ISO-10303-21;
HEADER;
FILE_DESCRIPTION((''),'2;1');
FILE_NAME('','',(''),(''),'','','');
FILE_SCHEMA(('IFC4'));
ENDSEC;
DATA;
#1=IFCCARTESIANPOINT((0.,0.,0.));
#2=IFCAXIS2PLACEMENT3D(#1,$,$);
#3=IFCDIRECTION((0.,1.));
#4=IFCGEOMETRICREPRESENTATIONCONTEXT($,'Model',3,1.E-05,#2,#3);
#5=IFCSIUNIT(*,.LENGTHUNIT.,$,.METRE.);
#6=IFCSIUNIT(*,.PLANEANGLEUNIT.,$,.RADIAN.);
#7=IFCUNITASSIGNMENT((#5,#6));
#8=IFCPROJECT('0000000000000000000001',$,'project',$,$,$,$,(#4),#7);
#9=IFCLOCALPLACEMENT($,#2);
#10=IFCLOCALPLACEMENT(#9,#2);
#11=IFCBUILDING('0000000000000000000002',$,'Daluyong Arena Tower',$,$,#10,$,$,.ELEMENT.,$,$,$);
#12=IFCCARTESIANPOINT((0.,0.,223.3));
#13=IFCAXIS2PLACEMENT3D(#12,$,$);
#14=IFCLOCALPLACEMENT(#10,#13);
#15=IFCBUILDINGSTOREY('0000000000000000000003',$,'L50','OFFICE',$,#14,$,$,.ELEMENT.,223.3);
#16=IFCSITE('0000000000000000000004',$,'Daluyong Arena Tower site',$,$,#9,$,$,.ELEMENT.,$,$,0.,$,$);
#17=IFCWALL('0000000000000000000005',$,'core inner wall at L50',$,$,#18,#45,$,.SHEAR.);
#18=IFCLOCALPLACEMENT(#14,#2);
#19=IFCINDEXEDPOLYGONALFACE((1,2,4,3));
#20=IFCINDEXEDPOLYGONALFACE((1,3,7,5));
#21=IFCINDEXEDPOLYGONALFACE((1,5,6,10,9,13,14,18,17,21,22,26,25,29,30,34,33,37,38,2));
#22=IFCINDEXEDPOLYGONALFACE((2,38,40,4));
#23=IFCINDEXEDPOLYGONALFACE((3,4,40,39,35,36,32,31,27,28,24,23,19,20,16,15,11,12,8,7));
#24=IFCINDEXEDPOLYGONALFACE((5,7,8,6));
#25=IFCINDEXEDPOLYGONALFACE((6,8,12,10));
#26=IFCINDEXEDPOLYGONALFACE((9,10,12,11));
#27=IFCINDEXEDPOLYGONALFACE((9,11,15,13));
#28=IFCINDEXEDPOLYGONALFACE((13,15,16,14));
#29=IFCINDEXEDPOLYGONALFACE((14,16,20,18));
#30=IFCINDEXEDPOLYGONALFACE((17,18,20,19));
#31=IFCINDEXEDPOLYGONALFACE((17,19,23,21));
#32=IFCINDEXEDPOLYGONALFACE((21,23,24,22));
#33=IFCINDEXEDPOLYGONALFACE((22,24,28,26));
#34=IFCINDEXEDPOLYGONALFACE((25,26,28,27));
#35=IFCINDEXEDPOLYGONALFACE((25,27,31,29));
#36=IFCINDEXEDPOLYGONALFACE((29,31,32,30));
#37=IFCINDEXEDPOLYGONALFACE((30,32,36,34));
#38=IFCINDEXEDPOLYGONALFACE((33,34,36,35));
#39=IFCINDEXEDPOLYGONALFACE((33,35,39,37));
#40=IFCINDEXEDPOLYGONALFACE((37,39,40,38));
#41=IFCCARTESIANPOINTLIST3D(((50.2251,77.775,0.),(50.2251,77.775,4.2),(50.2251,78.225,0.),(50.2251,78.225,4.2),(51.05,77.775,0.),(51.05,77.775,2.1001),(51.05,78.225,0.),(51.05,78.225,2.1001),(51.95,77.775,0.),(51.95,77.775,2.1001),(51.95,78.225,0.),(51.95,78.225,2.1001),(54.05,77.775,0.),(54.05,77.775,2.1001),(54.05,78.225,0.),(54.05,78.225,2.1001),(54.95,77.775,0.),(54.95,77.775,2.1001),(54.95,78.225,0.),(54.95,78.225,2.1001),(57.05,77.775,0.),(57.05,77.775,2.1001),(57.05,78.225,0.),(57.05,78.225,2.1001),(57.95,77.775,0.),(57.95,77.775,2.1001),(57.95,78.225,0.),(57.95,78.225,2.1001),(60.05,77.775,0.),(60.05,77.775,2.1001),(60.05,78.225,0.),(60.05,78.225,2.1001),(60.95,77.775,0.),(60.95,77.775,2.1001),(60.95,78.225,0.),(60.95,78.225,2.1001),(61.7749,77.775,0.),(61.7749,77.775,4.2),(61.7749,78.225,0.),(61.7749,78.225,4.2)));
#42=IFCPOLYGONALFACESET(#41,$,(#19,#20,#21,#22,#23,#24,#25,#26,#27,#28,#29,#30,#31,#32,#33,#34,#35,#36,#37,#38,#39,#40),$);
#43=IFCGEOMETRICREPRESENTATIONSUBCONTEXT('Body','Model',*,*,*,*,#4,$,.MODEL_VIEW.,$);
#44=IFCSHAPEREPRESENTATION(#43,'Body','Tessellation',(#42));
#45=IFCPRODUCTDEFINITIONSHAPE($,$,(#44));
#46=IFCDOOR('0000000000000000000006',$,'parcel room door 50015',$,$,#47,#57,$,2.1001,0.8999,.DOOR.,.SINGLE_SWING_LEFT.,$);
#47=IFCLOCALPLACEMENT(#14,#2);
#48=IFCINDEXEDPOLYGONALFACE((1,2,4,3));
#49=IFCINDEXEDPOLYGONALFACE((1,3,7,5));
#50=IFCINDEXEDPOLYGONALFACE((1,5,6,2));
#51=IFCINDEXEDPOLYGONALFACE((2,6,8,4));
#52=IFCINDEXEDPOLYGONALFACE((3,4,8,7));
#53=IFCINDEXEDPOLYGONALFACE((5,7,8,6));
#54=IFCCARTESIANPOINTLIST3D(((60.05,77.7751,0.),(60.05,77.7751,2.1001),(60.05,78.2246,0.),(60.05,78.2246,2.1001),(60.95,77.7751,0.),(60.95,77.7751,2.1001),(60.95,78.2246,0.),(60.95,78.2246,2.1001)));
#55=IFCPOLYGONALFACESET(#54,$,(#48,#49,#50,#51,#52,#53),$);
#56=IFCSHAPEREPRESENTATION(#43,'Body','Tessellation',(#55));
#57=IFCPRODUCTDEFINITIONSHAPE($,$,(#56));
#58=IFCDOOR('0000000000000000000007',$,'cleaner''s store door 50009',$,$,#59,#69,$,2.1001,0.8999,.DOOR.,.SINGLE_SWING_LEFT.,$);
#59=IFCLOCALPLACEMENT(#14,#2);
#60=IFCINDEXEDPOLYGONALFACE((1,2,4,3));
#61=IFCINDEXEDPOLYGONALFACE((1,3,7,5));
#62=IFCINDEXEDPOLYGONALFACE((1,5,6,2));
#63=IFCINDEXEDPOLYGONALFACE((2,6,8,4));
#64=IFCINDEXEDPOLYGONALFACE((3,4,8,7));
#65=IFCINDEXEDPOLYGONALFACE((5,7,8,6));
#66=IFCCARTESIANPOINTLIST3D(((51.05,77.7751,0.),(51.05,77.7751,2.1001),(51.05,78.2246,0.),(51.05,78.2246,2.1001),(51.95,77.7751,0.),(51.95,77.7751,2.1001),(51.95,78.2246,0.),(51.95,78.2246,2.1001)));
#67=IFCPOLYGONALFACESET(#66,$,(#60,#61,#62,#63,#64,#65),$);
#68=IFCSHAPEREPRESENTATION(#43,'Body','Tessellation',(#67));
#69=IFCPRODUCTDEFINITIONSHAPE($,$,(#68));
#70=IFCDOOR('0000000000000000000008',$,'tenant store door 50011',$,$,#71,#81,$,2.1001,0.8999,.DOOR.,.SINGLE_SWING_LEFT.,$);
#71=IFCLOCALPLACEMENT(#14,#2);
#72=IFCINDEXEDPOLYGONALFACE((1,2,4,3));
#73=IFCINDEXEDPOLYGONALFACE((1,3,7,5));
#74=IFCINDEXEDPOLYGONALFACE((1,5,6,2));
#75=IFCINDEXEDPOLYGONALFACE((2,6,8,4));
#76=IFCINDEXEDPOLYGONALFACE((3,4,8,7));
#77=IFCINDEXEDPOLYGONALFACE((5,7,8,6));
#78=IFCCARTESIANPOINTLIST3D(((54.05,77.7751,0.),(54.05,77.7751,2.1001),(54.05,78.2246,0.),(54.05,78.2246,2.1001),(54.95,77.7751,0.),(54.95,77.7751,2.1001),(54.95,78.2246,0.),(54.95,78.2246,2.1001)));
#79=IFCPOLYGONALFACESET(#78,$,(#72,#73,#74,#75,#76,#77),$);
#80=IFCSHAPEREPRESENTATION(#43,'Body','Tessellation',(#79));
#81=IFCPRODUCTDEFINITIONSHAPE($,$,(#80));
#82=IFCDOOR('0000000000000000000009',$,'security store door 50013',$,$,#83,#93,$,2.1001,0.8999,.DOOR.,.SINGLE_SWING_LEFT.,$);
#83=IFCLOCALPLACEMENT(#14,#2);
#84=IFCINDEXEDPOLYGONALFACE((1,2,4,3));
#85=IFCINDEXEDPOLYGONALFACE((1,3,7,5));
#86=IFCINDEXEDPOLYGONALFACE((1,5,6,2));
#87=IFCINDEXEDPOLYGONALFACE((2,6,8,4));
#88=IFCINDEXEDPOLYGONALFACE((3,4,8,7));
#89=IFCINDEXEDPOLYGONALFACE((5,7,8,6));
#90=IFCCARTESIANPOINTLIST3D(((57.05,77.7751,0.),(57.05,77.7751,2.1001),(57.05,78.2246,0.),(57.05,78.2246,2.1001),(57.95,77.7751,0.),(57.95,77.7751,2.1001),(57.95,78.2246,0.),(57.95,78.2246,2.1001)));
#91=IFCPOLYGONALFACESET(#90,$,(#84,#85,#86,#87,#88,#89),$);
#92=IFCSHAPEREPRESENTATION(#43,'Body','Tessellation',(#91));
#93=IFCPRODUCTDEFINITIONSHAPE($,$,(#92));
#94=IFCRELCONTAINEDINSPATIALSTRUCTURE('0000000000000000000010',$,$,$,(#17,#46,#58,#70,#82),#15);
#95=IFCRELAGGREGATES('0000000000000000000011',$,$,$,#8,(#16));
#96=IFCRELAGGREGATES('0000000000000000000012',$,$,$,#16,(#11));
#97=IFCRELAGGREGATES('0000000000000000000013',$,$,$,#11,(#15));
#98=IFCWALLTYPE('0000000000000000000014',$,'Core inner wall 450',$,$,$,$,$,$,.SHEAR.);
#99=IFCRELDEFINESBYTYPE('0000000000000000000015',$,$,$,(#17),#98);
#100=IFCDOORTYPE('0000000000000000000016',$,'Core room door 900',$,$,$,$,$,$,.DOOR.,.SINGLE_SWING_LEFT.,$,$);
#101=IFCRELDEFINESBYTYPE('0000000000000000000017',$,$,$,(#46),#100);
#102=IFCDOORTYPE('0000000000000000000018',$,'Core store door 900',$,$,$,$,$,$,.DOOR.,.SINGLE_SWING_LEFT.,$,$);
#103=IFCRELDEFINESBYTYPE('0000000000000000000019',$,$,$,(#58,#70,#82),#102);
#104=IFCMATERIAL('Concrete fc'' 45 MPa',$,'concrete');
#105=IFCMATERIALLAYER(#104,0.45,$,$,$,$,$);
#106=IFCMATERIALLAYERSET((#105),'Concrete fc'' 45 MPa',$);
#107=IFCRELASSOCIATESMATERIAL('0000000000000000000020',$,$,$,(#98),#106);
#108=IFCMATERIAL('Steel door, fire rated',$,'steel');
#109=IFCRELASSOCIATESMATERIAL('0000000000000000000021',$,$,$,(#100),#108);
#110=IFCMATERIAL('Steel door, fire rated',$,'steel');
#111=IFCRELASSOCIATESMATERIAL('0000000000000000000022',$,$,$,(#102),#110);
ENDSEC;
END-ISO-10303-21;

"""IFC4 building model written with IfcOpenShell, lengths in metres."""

from ifc_helpers import new_model, si_unit, direction, frame, frame_2d, origin, place, context, subcontext, project, spatial, rectangle, extrude, material, layer, layer_set, type_object, element, fill, save


model = new_model("IFC4")

# Units and contexts
model_context = context("Model", 3, precision=1e-05, world=origin(), true_north=direction((0.0, 1.0)))
body_context = subcontext(model_context, "Body", "Model", "MODEL_VIEW")
ifc_project = project(units=[si_unit("LENGTHUNIT", "METRE"), si_unit("PLANEANGLEUNIT", "RADIAN")], contexts=[model_context])

# Site, building, storey
site_placement = place(None, origin())
site = spatial("IfcSite", under=ifc_project, at=site_placement, Name="Daluyong Arena Tower site", CompositionType="ELEMENT", RefElevation=0.0)
building_placement = place(site_placement, origin())
building = spatial("IfcBuilding", under=site, at=building_placement, Name="Daluyong Arena Tower", CompositionType="ELEMENT")
storey_placement = place(building_placement, frame((0.0, 0.0, 223.3)))
storey = spatial("IfcBuildingStorey", under=building, at=storey_placement, Name="L50", Description="OFFICE", CompositionType="ELEMENT", Elevation=223.3)

# Shared definitions
ifc_material_1 = material(Name="Concrete fc' 45 MPa", Category="concrete")
ifc_layer_1 = layer(ifc_material_1, 0.45)
ifc_layer_set_1 = layer_set([ifc_layer_1], Name="Concrete fc' 45 MPa")
wall_type_1 = type_object("IfcWallType", Name="Core inner wall 450", PredefinedType="SHEAR", material=ifc_layer_set_1)
ifc_material_2 = material(Name="Steel door, fire rated", Category="steel")
door_type_1 = type_object("IfcDoorType", Name="Core room door 900", OperationType="SINGLE_SWING_LEFT", PredefinedType="DOOR", material=ifc_material_2)

# Wall, openings, doors
wall_1_placement = place(storey_placement, frame((50.2251, 78.0, 0.0), z_axis=(0.0, 0.0, 1.0), x_axis=(1.0, 0.0, 0.0)))
wall_1 = element("IfcWall", 1, at=wall_1_placement, inside=storey, type_object=wall_type_1, Name="core inner wall at L50", PredefinedType="SHEAR", context=body_context, shape_type="SweptSolid", body=[
    extrude(rectangle(XDim=11.5498, YDim=0.45, at=frame_2d((5.7749, 0.0))), origin(), (0.0, 0.0, 1.0), 4.2),
])
opening_1_placement = place(wall_1_placement, frame((0.825, 0.0, 0.0)))
opening_1 = element("IfcOpeningElement", 2, at=opening_1_placement, cuts=wall_1, PredefinedType="OPENING", context=body_context, shape_type="SweptSolid", body=[
    extrude(rectangle(XDim=0.8999, YDim=2.1001, at=frame_2d((0.45, 1.05))), frame((0.0, 0.2349, 0.0), z_axis=(0.0, -1.0, 0.0), x_axis=(1.0, 0.0, 0.0)), (0.0, 0.0, 1.0), 0.47),
])
opening_2_placement = place(wall_1_placement, frame((3.825, 0.0, 0.0)))
opening_2 = element("IfcOpeningElement", 3, at=opening_2_placement, cuts=wall_1, PredefinedType="OPENING", context=body_context, shape_type="SweptSolid", body=[
    extrude(rectangle(XDim=0.8999, YDim=2.1001, at=frame_2d((0.45, 1.05))), frame((0.0, 0.2349, 0.0), z_axis=(0.0, -1.0, 0.0), x_axis=(1.0, 0.0, 0.0)), (0.0, 0.0, 1.0), 0.47),
])
opening_3_placement = place(wall_1_placement, frame((6.825, 0.0, 0.0)))
opening_3 = element("IfcOpeningElement", 4, at=opening_3_placement, cuts=wall_1, PredefinedType="OPENING", context=body_context, shape_type="SweptSolid", body=[
    extrude(rectangle(XDim=0.8999, YDim=2.1001, at=frame_2d((0.45, 1.05))), frame((0.0, 0.2349, 0.0), z_axis=(0.0, -1.0, 0.0), x_axis=(1.0, 0.0, 0.0)), (0.0, 0.0, 1.0), 0.47),
])
opening_4_placement = place(wall_1_placement, frame((9.825, 0.0, 0.0)))
opening_4 = element("IfcOpeningElement", 5, at=opening_4_placement, cuts=wall_1, PredefinedType="OPENING", context=body_context, shape_type="SweptSolid", body=[
    extrude(rectangle(XDim=0.8999, YDim=2.1001, at=frame_2d((0.45, 1.05))), frame((0.0, 0.2349, 0.0), z_axis=(0.0, -1.0, 0.0), x_axis=(1.0, 0.0, 0.0)), (0.0, 0.0, 1.0), 0.47),
])
door_1_placement = place(opening_4_placement, origin())
door_1 = element("IfcDoor", 6, at=door_1_placement, inside=storey, type_object=door_type_1, Name="parcel room door 50015", OperationType="SINGLE_SWING_LEFT", OverallHeight=2.1001, OverallWidth=0.8999, PredefinedType="DOOR", context=body_context, shape_type="SweptSolid", body=[
    extrude(rectangle(XDim=0.8999, YDim=2.1001, at=frame_2d((0.45, 1.05))), frame((0.0, 0.2246, 0.0), z_axis=(0.0, -1.0, 0.0), x_axis=(1.0, 0.0, 0.0)), (0.0, 0.0, 1.0), 0.4495),
])
fill(opening_4, door_1)
ifc_material_3 = material(Name="Steel door, fire rated", Category="steel")
door_type_2 = type_object("IfcDoorType", Name="Core store door 900", OperationType="SINGLE_SWING_LEFT", PredefinedType="DOOR", material=ifc_material_3)
door_2_placement = place(opening_1_placement, origin())
door_2 = element("IfcDoor", 7, at=door_2_placement, inside=storey, type_object=door_type_2, Name="cleaner's store door 50009", OperationType="SINGLE_SWING_LEFT", OverallHeight=2.1001, OverallWidth=0.8999, PredefinedType="DOOR", context=body_context, shape_type="SweptSolid", body=[
    extrude(rectangle(XDim=0.8999, YDim=2.1001, at=frame_2d((0.45, 1.05))), frame((0.0, 0.2246, 0.0), z_axis=(0.0, -1.0, 0.0), x_axis=(1.0, 0.0, 0.0)), (0.0, 0.0, 1.0), 0.4495),
])
fill(opening_1, door_2)
door_3_placement = place(opening_2_placement, origin())
door_3 = element("IfcDoor", 8, at=door_3_placement, inside=storey, type_object=door_type_2, Name="tenant store door 50011", OperationType="SINGLE_SWING_LEFT", OverallHeight=2.1001, OverallWidth=0.8999, PredefinedType="DOOR", context=body_context, shape_type="SweptSolid", body=[
    extrude(rectangle(XDim=0.8999, YDim=2.1001, at=frame_2d((0.45, 1.05))), frame((0.0, 0.2246, 0.0), z_axis=(0.0, -1.0, 0.0), x_axis=(1.0, 0.0, 0.0)), (0.0, 0.0, 1.0), 0.4495),
])
fill(opening_2, door_3)
door_4_placement = place(opening_3_placement, origin())
door_4 = element("IfcDoor", 9, at=door_4_placement, inside=storey, type_object=door_type_2, Name="security store door 50013", OperationType="SINGLE_SWING_LEFT", OverallHeight=2.1001, OverallWidth=0.8999, PredefinedType="DOOR", context=body_context, shape_type="SweptSolid", body=[
    extrude(rectangle(XDim=0.8999, YDim=2.1001, at=frame_2d((0.45, 1.05))), frame((0.0, 0.2246, 0.0), z_axis=(0.0, -1.0, 0.0), x_axis=(1.0, 0.0, 0.0)), (0.0, 0.0, 1.0), 0.4495),
])
fill(opening_3, door_4)

save(model, "model.ifc")
